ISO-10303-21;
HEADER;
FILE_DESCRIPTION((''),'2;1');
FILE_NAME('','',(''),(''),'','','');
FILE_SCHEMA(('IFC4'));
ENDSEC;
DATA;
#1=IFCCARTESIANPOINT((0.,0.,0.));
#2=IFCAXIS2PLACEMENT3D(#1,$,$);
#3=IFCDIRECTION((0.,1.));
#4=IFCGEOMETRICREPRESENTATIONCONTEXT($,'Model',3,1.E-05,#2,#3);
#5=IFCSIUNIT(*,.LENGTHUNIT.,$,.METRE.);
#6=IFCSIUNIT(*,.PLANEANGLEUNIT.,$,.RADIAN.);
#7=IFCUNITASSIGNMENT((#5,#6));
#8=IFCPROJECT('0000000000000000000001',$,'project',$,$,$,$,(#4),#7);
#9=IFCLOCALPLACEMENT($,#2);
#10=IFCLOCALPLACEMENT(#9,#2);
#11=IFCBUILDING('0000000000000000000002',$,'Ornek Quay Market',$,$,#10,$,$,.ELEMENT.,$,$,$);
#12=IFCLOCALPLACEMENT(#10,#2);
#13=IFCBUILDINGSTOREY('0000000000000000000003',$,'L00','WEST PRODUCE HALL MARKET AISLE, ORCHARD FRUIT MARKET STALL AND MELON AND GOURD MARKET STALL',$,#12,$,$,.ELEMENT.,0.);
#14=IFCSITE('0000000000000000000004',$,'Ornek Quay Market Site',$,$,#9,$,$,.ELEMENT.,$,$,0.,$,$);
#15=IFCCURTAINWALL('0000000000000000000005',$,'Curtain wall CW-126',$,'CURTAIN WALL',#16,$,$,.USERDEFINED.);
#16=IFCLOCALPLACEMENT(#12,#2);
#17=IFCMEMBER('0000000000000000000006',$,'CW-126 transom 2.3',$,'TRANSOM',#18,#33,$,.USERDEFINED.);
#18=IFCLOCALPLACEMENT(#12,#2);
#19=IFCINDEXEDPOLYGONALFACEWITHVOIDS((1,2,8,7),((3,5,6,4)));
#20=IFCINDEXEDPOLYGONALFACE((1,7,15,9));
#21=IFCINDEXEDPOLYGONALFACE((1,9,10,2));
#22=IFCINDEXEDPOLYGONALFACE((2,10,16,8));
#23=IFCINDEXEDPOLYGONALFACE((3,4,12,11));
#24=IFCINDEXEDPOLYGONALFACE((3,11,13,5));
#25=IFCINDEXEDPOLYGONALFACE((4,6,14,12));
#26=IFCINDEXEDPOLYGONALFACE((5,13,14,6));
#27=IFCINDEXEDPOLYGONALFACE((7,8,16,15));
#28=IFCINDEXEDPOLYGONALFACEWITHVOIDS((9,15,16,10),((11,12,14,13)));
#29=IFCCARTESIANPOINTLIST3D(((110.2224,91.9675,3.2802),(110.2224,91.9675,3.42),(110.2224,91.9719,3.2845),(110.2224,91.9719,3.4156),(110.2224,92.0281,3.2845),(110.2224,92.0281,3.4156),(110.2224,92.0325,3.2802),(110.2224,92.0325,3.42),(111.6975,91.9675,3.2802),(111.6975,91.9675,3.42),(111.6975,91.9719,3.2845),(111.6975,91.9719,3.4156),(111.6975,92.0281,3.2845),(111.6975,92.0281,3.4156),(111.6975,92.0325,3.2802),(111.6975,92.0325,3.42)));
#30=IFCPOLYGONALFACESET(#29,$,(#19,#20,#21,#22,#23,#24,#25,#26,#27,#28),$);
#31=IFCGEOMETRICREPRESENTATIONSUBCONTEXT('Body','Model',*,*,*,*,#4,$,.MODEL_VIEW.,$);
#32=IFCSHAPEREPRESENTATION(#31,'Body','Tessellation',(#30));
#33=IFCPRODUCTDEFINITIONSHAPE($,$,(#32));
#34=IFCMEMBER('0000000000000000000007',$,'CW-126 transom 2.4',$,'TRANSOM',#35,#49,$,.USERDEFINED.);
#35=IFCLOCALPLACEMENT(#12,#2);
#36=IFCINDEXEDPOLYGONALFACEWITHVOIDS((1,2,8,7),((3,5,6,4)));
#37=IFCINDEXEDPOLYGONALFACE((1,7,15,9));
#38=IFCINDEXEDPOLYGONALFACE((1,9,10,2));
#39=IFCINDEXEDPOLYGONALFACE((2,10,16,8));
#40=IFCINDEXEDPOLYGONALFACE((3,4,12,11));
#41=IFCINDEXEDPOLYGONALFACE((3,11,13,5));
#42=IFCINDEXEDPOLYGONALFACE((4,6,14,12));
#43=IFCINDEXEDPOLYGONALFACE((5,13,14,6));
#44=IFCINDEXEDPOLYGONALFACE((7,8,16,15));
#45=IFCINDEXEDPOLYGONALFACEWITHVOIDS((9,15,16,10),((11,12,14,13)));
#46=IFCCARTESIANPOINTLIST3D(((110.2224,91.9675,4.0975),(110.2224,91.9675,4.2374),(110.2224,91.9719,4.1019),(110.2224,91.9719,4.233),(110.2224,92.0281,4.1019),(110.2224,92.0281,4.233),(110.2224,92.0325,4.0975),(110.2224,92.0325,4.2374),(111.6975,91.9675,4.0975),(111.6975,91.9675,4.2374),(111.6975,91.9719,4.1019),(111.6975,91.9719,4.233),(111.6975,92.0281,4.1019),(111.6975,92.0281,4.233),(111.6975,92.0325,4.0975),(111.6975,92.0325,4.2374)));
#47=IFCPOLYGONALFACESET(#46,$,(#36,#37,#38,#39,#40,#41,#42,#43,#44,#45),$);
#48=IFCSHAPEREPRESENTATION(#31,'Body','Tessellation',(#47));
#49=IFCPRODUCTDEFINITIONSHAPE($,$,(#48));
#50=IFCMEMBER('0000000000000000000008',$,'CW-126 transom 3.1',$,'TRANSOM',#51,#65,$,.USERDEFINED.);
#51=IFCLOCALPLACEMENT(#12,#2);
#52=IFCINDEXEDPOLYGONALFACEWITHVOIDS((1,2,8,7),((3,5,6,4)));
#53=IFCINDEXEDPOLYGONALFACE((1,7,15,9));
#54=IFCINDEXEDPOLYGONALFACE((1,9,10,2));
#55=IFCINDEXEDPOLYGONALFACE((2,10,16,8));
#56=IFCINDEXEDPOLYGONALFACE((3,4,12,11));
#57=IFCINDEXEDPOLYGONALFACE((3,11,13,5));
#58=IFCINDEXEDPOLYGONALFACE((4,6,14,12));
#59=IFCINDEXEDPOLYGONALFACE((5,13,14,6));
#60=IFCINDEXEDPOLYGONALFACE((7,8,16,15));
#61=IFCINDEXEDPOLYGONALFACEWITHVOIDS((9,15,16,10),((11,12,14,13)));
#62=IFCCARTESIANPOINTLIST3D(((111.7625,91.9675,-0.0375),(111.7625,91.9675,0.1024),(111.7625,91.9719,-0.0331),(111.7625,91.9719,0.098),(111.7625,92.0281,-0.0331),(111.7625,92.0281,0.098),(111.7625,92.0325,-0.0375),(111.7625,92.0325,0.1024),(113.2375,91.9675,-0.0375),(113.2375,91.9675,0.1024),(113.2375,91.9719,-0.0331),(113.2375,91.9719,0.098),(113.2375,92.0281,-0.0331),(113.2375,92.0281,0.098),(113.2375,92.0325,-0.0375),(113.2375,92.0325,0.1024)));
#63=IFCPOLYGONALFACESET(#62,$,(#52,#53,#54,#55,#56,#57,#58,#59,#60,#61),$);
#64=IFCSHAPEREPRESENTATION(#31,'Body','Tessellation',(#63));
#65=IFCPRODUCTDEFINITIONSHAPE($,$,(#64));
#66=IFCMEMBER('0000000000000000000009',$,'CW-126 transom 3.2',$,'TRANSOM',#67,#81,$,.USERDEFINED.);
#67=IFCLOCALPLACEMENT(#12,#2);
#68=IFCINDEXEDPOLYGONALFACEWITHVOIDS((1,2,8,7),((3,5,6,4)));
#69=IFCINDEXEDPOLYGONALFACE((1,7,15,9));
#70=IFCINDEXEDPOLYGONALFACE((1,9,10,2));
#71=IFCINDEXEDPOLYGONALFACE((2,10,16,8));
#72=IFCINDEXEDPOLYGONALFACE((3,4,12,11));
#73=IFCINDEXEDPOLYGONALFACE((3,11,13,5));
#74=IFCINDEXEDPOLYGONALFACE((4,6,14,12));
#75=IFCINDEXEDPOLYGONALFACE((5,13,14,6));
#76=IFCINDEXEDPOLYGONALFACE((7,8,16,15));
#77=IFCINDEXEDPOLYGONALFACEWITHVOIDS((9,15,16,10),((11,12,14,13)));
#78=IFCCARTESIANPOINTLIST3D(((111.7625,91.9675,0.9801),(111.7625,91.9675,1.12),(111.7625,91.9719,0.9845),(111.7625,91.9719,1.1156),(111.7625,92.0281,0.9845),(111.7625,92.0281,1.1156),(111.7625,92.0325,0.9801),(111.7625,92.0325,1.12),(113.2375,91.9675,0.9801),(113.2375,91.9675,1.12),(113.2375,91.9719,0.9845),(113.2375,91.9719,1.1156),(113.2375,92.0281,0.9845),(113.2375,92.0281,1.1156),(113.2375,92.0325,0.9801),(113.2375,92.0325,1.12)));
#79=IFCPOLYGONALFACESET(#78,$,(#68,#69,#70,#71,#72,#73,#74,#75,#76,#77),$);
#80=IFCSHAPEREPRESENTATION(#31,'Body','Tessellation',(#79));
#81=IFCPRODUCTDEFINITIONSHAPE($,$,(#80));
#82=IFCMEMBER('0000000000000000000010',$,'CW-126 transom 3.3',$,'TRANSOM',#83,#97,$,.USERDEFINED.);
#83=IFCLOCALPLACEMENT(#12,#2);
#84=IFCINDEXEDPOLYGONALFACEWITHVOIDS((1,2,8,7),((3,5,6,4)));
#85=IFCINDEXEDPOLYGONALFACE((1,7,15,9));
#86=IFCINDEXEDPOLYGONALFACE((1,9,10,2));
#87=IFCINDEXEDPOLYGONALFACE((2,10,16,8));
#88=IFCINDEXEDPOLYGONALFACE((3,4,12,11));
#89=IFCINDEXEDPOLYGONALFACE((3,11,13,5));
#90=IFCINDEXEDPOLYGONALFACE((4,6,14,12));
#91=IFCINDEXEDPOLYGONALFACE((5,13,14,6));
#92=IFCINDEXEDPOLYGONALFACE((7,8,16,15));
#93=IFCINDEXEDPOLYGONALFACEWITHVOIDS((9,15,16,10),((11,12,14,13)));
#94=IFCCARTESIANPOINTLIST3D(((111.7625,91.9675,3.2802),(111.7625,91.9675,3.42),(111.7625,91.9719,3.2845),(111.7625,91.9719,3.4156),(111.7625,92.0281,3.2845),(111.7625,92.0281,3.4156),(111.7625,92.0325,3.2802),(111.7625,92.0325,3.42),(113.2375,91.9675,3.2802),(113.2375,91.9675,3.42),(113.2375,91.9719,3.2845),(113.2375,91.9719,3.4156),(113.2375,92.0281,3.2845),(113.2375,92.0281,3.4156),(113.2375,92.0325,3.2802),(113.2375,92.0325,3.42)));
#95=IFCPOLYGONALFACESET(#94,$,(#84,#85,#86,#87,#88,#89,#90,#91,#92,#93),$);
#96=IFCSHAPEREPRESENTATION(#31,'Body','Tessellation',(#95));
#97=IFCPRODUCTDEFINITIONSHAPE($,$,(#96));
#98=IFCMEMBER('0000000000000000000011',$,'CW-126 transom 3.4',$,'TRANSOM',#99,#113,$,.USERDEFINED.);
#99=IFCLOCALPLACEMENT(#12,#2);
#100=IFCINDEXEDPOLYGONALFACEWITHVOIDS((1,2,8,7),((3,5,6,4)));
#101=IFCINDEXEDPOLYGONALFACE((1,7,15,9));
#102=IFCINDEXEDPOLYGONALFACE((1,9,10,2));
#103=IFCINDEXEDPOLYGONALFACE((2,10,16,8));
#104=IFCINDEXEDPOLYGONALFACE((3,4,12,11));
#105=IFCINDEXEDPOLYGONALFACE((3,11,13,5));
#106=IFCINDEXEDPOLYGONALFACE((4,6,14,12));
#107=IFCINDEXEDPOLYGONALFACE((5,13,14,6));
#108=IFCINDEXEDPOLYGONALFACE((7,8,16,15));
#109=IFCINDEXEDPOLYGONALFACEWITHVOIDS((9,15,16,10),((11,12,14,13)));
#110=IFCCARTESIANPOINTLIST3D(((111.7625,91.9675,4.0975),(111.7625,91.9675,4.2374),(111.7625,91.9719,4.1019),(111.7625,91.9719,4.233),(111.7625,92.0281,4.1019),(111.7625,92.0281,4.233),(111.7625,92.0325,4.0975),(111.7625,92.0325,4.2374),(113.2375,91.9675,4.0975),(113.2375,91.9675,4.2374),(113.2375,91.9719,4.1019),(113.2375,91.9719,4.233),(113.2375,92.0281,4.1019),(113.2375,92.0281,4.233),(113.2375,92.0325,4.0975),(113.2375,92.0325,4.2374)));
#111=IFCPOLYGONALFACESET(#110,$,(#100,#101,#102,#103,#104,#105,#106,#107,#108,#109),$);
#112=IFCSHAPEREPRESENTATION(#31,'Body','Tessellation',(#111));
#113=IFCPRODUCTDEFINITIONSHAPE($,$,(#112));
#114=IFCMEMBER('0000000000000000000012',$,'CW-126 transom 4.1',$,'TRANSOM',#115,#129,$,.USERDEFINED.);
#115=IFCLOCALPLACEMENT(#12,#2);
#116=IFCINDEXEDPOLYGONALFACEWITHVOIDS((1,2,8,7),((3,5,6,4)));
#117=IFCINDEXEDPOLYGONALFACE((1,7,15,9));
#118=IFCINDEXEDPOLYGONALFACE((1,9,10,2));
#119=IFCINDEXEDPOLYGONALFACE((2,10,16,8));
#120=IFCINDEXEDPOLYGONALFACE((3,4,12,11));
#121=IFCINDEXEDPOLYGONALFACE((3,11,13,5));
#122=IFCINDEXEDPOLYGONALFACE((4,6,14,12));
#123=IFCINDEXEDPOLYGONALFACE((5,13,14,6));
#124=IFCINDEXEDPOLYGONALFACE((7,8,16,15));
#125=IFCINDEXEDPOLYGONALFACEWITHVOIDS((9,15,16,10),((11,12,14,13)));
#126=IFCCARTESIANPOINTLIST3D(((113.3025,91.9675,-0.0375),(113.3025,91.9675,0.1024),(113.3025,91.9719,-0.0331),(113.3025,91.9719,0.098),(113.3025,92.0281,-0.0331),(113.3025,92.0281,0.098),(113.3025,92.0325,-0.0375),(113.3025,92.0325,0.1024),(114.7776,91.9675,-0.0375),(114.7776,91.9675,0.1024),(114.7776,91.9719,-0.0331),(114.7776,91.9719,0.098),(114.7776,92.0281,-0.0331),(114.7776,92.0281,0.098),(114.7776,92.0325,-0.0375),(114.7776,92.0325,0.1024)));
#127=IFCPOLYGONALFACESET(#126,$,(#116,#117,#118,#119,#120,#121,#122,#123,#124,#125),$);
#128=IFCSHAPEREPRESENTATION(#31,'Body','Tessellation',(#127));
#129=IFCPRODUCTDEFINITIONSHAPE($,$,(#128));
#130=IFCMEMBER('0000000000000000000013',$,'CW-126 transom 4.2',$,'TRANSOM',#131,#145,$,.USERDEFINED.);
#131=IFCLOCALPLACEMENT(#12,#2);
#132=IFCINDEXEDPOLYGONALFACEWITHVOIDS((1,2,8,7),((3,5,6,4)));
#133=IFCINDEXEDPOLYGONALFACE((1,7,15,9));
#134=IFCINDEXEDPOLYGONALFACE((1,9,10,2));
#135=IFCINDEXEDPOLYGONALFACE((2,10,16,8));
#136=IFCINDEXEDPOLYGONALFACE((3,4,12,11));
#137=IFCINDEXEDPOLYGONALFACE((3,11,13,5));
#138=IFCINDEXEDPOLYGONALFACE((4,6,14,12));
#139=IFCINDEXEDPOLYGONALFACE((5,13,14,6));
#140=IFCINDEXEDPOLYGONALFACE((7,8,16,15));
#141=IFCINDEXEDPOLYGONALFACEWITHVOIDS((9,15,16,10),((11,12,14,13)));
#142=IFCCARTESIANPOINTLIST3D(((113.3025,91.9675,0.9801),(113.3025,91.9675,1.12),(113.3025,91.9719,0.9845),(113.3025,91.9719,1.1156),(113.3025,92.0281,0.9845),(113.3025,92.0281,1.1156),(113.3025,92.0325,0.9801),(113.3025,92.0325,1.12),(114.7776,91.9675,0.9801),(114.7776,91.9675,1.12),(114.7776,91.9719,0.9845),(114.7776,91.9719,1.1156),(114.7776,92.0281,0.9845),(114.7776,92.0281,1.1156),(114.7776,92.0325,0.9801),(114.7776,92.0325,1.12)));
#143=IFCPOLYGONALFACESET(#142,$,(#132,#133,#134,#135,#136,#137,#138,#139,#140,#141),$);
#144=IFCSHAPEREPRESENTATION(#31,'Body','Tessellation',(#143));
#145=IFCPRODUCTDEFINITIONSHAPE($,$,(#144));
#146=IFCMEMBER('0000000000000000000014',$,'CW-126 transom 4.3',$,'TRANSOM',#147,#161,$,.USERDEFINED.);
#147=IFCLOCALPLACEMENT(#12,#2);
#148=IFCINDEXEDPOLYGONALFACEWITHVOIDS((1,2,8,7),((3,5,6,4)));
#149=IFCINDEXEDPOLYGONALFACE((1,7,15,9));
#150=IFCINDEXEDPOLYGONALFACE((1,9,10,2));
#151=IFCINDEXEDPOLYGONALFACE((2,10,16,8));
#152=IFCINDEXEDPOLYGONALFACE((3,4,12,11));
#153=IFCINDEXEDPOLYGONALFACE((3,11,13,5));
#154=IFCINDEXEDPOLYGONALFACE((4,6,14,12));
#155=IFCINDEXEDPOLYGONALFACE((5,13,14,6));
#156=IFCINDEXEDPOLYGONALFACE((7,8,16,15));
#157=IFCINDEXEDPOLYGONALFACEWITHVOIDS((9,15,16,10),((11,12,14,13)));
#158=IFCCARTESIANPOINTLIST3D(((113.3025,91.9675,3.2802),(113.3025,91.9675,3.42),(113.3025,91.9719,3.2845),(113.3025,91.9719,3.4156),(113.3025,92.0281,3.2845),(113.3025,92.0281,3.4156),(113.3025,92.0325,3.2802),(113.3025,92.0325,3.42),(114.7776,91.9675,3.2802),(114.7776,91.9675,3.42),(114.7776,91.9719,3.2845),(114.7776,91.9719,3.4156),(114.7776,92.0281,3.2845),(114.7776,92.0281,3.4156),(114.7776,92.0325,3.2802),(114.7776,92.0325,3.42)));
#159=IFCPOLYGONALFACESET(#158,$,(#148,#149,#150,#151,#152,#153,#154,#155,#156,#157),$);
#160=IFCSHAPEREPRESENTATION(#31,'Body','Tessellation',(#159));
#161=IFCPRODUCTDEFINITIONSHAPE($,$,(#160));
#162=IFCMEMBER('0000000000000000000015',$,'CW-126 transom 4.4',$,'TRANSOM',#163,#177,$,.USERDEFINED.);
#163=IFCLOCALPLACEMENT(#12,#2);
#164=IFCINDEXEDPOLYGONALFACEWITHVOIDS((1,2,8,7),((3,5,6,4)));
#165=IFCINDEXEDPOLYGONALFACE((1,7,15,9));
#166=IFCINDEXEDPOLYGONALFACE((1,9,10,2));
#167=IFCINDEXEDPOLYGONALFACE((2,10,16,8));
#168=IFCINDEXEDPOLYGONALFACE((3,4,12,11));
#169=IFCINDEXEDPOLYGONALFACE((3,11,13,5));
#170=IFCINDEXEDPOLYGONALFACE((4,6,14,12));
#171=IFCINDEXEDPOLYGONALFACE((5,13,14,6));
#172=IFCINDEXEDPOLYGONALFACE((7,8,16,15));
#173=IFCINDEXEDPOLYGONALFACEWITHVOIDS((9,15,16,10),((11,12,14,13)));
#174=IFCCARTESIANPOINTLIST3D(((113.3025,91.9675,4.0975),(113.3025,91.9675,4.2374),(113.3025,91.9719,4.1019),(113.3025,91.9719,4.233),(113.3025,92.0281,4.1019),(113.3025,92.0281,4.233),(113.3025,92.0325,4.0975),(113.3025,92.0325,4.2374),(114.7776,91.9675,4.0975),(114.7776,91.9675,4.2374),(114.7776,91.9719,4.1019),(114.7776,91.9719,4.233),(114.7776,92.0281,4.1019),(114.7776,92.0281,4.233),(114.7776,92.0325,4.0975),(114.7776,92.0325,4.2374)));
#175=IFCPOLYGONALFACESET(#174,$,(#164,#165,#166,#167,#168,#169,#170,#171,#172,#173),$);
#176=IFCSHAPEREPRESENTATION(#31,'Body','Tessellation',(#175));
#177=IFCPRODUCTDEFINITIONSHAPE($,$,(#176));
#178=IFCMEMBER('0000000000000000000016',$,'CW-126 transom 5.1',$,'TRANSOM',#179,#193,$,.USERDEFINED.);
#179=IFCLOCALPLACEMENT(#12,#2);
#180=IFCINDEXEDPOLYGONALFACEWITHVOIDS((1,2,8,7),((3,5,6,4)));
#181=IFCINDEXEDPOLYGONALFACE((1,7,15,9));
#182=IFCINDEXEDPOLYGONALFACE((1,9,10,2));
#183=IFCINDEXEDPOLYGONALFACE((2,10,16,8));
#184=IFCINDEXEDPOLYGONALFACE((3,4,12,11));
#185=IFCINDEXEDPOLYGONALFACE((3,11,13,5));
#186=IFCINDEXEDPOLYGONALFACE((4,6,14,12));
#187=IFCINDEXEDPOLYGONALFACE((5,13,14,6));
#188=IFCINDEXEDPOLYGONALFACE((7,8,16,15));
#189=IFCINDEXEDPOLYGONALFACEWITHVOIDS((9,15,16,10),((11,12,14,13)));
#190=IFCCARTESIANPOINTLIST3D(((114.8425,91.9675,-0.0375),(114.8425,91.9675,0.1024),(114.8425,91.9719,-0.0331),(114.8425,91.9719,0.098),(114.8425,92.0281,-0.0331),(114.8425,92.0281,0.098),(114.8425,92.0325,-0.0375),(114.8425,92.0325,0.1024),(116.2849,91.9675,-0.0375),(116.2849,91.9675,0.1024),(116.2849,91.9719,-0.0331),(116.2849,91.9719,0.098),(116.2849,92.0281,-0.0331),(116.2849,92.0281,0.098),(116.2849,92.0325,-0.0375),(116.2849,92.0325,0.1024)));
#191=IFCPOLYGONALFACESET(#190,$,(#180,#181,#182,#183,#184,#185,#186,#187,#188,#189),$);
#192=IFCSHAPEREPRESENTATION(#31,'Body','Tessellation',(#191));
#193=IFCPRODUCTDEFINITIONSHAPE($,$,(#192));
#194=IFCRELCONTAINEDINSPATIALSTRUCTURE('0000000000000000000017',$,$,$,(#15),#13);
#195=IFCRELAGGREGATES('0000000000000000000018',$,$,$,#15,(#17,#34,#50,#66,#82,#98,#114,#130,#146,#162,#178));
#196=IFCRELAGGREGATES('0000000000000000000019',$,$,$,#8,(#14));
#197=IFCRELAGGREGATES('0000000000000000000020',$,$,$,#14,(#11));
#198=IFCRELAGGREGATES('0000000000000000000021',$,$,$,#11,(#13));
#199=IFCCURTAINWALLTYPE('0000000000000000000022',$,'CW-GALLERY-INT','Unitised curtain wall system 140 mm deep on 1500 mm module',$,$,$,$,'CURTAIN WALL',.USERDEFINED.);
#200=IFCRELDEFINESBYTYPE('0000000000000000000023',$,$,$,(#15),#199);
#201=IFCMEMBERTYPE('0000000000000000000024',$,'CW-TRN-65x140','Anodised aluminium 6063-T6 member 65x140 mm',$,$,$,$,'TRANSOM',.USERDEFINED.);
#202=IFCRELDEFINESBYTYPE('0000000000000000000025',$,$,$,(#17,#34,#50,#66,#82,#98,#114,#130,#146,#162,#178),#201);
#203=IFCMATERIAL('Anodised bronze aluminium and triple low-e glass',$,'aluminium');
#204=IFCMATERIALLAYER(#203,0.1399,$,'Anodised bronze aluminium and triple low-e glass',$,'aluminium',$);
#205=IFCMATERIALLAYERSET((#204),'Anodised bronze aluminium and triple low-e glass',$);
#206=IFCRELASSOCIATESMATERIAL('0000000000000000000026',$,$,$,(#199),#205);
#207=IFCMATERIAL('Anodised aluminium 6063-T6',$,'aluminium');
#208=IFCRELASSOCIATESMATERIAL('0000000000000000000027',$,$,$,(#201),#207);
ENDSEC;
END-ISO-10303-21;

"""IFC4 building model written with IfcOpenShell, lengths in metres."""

from ifc_helpers import new_model, si_unit, direction, frame, origin, origin_2d, place, context, subcontext, project, spatial, hollow_rectangle, extrude, material, layer, layer_set, material_profile, profile_set, type_object, element, aggregate, save


model = new_model("IFC4")

# Units and contexts
model_context = context("Model", 3, precision=1e-05, world=origin(), true_north=direction((0.0, 1.0)))
body_context = subcontext(model_context, "Body", "Model", "MODEL_VIEW")
ifc_project = project(units=[si_unit("LENGTHUNIT", "METRE"), si_unit("PLANEANGLEUNIT", "RADIAN")], contexts=[model_context])

# Site, building, storey
site_placement = place(None, origin())
site = spatial("IfcSite", under=ifc_project, at=site_placement, Name="Ornek Quay Market Site", CompositionType="ELEMENT", RefElevation=0.0)
building_placement = place(site_placement, origin())
building = spatial("IfcBuilding", under=site, at=building_placement, Name="Ornek Quay Market", CompositionType="ELEMENT")
storey_placement = place(building_placement, origin())
storey = spatial("IfcBuildingStorey", under=building, at=storey_placement, Name="L00", Description="WEST PRODUCE HALL MARKET AISLE, ORCHARD FRUIT MARKET STALL AND MELON AND GOURD MARKET STALL", CompositionType="ELEMENT", Elevation=0.0)

# Curtain wall, members
ifc_material_1 = material(Name="Anodised bronze aluminium and triple low-e glass", Category="aluminium")
ifc_layer_1 = layer(ifc_material_1, 0.1399, Name="Anodised bronze aluminium and triple low-e glass", Category="aluminium")
ifc_layer_set_1 = layer_set([ifc_layer_1], Name="Anodised bronze aluminium and triple low-e glass")
curtain_wall_type = type_object("IfcCurtainWallType", Name="CW-GALLERY-INT", Description="Unitised curtain wall system 140 mm deep on 1500 mm module", ElementType="CURTAIN WALL", PredefinedType="USERDEFINED", material=ifc_layer_set_1)
curtain_wall_placement = place(storey_placement, origin())
curtain_wall = element("IfcCurtainWall", 1, at=curtain_wall_placement, inside=storey, type_object=curtain_wall_type, Name="Curtain wall CW-126", ObjectType="CURTAIN WALL", PredefinedType="USERDEFINED")
ifc_material_2 = material(Name="Anodised aluminium 6063-T6", Category="aluminium")
ifc_material_profile_1 = material_profile(ifc_material_2, hollow_rectangle(XDim=0.0649, YDim=0.1399, WallThickness=0.0044, at=origin_2d()), Name="CW-TRN-65x140", Category="aluminium")
ifc_profile_set_1 = profile_set([ifc_material_profile_1], Name="Anodised aluminium 6063-T6")
member_type_1 = type_object("IfcMemberType", Name="CW-TRN-65x140", Description="Anodised aluminium 6063-T6 member 65x140 mm", ElementType="TRANSOM", PredefinedType="USERDEFINED", material=ifc_profile_set_1)
member_1_placement = place(storey_placement, frame((110.2224, 92.0, 3.3501), z_axis=(1.0, 0.0, 0.0), x_axis=(0.0, 1.0, 0.0)))
member_1 = element("IfcMember", 2, at=member_1_placement, type_object=member_type_1, Name="CW-126 transom 2.3", ObjectType="TRANSOM", PredefinedType="USERDEFINED", context=body_context, shape_type="SweptSolid", body=[
    extrude(hollow_rectangle(XDim=0.0649, YDim=0.1399, WallThickness=0.0044, at=origin_2d()), origin(), (0.0, 0.0, 1.0), 1.4751),
])
member_2_placement = place(storey_placement, frame((110.2224, 92.0, 4.1675), z_axis=(1.0, 0.0, 0.0), x_axis=(0.0, 1.0, 0.0)))
member_2 = element("IfcMember", 3, at=member_2_placement, type_object=member_type_1, Name="CW-126 transom 2.4", ObjectType="TRANSOM", PredefinedType="USERDEFINED", context=body_context, shape_type="SweptSolid", body=[
    extrude(hollow_rectangle(XDim=0.0649, YDim=0.1399, WallThickness=0.0044, at=origin_2d()), origin(), (0.0, 0.0, 1.0), 1.4751),
])
member_3_placement = place(storey_placement, frame((111.7625, 92.0, 0.0325), z_axis=(1.0, 0.0, 0.0), x_axis=(0.0, 1.0, 0.0)))
member_3 = element("IfcMember", 4, at=member_3_placement, type_object=member_type_1, Name="CW-126 transom 3.1", ObjectType="TRANSOM", PredefinedType="USERDEFINED", context=body_context, shape_type="SweptSolid", body=[
    extrude(hollow_rectangle(XDim=0.0649, YDim=0.1399, WallThickness=0.0044, at=origin_2d()), origin(), (0.0, 0.0, 1.0), 1.4751),
])
member_4_placement = place(storey_placement, frame((111.7625, 92.0, 1.05), z_axis=(1.0, 0.0, 0.0), x_axis=(0.0, 1.0, 0.0)))
member_4 = element("IfcMember", 5, at=member_4_placement, type_object=member_type_1, Name="CW-126 transom 3.2", ObjectType="TRANSOM", PredefinedType="USERDEFINED", context=body_context, shape_type="SweptSolid", body=[
    extrude(hollow_rectangle(XDim=0.0649, YDim=0.1399, WallThickness=0.0044, at=origin_2d()), origin(), (0.0, 0.0, 1.0), 1.4751),
])
member_5_placement = place(storey_placement, frame((111.7625, 92.0, 3.3501), z_axis=(1.0, 0.0, 0.0), x_axis=(0.0, 1.0, 0.0)))
member_5 = element("IfcMember", 6, at=member_5_placement, type_object=member_type_1, Name="CW-126 transom 3.3", ObjectType="TRANSOM", PredefinedType="USERDEFINED", context=body_context, shape_type="SweptSolid", body=[
    extrude(hollow_rectangle(XDim=0.0649, YDim=0.1399, WallThickness=0.0044, at=origin_2d()), origin(), (0.0, 0.0, 1.0), 1.4751),
])
member_6_placement = place(storey_placement, frame((111.7625, 92.0, 4.1675), z_axis=(1.0, 0.0, 0.0), x_axis=(0.0, 1.0, 0.0)))
member_6 = element("IfcMember", 7, at=member_6_placement, type_object=member_type_1, Name="CW-126 transom 3.4", ObjectType="TRANSOM", PredefinedType="USERDEFINED", context=body_context, shape_type="SweptSolid", body=[
    extrude(hollow_rectangle(XDim=0.0649, YDim=0.1399, WallThickness=0.0044, at=origin_2d()), origin(), (0.0, 0.0, 1.0), 1.4751),
])
member_7_placement = place(storey_placement, frame((113.3025, 92.0, 0.0325), z_axis=(1.0, 0.0, 0.0), x_axis=(0.0, 1.0, 0.0)))
member_7 = element("IfcMember", 8, at=member_7_placement, type_object=member_type_1, Name="CW-126 transom 4.1", ObjectType="TRANSOM", PredefinedType="USERDEFINED", context=body_context, shape_type="SweptSolid", body=[
    extrude(hollow_rectangle(XDim=0.0649, YDim=0.1399, WallThickness=0.0044, at=origin_2d()), origin(), (0.0, 0.0, 1.0), 1.4751),
])
member_8_placement = place(storey_placement, frame((113.3025, 92.0, 1.05), z_axis=(1.0, 0.0, 0.0), x_axis=(0.0, 1.0, 0.0)))
member_8 = element("IfcMember", 9, at=member_8_placement, type_object=member_type_1, Name="CW-126 transom 4.2", ObjectType="TRANSOM", PredefinedType="USERDEFINED", context=body_context, shape_type="SweptSolid", body=[
    extrude(hollow_rectangle(XDim=0.0649, YDim=0.1399, WallThickness=0.0044, at=origin_2d()), origin(), (0.0, 0.0, 1.0), 1.4751),
])
member_9_placement = place(storey_placement, frame((113.3025, 92.0, 3.3501), z_axis=(1.0, 0.0, 0.0), x_axis=(0.0, 1.0, 0.0)))
member_9 = element("IfcMember", 10, at=member_9_placement, type_object=member_type_1, Name="CW-126 transom 4.3", ObjectType="TRANSOM", PredefinedType="USERDEFINED", context=body_context, shape_type="SweptSolid", body=[
    extrude(hollow_rectangle(XDim=0.0649, YDim=0.1399, WallThickness=0.0044, at=origin_2d()), origin(), (0.0, 0.0, 1.0), 1.4751),
])
member_10_placement = place(storey_placement, frame((113.3025, 92.0, 4.1675), z_axis=(1.0, 0.0, 0.0), x_axis=(0.0, 1.0, 0.0)))
member_10 = element("IfcMember", 11, at=member_10_placement, type_object=member_type_1, Name="CW-126 transom 4.4", ObjectType="TRANSOM", PredefinedType="USERDEFINED", context=body_context, shape_type="SweptSolid", body=[
    extrude(hollow_rectangle(XDim=0.0649, YDim=0.1399, WallThickness=0.0044, at=origin_2d()), origin(), (0.0, 0.0, 1.0), 1.4751),
])
member_11_placement = place(storey_placement, frame((114.8425, 92.0, 0.0325), z_axis=(1.0, 0.0, 0.0), x_axis=(0.0, 1.0, 0.0)))
member_11 = element("IfcMember", 12, at=member_11_placement, type_object=member_type_1, Name="CW-126 transom 5.1", ObjectType="TRANSOM", PredefinedType="USERDEFINED", context=body_context, shape_type="SweptSolid", body=[
    extrude(hollow_rectangle(XDim=0.0649, YDim=0.1399, WallThickness=0.0044, at=origin_2d()), origin(), (0.0, 0.0, 1.0), 1.4424),
])
aggregate(curtain_wall, [member_1, member_2, member_3, member_4, member_5, member_6, member_7, member_8, member_9, member_10, member_11])

save(model, "model.ifc")
